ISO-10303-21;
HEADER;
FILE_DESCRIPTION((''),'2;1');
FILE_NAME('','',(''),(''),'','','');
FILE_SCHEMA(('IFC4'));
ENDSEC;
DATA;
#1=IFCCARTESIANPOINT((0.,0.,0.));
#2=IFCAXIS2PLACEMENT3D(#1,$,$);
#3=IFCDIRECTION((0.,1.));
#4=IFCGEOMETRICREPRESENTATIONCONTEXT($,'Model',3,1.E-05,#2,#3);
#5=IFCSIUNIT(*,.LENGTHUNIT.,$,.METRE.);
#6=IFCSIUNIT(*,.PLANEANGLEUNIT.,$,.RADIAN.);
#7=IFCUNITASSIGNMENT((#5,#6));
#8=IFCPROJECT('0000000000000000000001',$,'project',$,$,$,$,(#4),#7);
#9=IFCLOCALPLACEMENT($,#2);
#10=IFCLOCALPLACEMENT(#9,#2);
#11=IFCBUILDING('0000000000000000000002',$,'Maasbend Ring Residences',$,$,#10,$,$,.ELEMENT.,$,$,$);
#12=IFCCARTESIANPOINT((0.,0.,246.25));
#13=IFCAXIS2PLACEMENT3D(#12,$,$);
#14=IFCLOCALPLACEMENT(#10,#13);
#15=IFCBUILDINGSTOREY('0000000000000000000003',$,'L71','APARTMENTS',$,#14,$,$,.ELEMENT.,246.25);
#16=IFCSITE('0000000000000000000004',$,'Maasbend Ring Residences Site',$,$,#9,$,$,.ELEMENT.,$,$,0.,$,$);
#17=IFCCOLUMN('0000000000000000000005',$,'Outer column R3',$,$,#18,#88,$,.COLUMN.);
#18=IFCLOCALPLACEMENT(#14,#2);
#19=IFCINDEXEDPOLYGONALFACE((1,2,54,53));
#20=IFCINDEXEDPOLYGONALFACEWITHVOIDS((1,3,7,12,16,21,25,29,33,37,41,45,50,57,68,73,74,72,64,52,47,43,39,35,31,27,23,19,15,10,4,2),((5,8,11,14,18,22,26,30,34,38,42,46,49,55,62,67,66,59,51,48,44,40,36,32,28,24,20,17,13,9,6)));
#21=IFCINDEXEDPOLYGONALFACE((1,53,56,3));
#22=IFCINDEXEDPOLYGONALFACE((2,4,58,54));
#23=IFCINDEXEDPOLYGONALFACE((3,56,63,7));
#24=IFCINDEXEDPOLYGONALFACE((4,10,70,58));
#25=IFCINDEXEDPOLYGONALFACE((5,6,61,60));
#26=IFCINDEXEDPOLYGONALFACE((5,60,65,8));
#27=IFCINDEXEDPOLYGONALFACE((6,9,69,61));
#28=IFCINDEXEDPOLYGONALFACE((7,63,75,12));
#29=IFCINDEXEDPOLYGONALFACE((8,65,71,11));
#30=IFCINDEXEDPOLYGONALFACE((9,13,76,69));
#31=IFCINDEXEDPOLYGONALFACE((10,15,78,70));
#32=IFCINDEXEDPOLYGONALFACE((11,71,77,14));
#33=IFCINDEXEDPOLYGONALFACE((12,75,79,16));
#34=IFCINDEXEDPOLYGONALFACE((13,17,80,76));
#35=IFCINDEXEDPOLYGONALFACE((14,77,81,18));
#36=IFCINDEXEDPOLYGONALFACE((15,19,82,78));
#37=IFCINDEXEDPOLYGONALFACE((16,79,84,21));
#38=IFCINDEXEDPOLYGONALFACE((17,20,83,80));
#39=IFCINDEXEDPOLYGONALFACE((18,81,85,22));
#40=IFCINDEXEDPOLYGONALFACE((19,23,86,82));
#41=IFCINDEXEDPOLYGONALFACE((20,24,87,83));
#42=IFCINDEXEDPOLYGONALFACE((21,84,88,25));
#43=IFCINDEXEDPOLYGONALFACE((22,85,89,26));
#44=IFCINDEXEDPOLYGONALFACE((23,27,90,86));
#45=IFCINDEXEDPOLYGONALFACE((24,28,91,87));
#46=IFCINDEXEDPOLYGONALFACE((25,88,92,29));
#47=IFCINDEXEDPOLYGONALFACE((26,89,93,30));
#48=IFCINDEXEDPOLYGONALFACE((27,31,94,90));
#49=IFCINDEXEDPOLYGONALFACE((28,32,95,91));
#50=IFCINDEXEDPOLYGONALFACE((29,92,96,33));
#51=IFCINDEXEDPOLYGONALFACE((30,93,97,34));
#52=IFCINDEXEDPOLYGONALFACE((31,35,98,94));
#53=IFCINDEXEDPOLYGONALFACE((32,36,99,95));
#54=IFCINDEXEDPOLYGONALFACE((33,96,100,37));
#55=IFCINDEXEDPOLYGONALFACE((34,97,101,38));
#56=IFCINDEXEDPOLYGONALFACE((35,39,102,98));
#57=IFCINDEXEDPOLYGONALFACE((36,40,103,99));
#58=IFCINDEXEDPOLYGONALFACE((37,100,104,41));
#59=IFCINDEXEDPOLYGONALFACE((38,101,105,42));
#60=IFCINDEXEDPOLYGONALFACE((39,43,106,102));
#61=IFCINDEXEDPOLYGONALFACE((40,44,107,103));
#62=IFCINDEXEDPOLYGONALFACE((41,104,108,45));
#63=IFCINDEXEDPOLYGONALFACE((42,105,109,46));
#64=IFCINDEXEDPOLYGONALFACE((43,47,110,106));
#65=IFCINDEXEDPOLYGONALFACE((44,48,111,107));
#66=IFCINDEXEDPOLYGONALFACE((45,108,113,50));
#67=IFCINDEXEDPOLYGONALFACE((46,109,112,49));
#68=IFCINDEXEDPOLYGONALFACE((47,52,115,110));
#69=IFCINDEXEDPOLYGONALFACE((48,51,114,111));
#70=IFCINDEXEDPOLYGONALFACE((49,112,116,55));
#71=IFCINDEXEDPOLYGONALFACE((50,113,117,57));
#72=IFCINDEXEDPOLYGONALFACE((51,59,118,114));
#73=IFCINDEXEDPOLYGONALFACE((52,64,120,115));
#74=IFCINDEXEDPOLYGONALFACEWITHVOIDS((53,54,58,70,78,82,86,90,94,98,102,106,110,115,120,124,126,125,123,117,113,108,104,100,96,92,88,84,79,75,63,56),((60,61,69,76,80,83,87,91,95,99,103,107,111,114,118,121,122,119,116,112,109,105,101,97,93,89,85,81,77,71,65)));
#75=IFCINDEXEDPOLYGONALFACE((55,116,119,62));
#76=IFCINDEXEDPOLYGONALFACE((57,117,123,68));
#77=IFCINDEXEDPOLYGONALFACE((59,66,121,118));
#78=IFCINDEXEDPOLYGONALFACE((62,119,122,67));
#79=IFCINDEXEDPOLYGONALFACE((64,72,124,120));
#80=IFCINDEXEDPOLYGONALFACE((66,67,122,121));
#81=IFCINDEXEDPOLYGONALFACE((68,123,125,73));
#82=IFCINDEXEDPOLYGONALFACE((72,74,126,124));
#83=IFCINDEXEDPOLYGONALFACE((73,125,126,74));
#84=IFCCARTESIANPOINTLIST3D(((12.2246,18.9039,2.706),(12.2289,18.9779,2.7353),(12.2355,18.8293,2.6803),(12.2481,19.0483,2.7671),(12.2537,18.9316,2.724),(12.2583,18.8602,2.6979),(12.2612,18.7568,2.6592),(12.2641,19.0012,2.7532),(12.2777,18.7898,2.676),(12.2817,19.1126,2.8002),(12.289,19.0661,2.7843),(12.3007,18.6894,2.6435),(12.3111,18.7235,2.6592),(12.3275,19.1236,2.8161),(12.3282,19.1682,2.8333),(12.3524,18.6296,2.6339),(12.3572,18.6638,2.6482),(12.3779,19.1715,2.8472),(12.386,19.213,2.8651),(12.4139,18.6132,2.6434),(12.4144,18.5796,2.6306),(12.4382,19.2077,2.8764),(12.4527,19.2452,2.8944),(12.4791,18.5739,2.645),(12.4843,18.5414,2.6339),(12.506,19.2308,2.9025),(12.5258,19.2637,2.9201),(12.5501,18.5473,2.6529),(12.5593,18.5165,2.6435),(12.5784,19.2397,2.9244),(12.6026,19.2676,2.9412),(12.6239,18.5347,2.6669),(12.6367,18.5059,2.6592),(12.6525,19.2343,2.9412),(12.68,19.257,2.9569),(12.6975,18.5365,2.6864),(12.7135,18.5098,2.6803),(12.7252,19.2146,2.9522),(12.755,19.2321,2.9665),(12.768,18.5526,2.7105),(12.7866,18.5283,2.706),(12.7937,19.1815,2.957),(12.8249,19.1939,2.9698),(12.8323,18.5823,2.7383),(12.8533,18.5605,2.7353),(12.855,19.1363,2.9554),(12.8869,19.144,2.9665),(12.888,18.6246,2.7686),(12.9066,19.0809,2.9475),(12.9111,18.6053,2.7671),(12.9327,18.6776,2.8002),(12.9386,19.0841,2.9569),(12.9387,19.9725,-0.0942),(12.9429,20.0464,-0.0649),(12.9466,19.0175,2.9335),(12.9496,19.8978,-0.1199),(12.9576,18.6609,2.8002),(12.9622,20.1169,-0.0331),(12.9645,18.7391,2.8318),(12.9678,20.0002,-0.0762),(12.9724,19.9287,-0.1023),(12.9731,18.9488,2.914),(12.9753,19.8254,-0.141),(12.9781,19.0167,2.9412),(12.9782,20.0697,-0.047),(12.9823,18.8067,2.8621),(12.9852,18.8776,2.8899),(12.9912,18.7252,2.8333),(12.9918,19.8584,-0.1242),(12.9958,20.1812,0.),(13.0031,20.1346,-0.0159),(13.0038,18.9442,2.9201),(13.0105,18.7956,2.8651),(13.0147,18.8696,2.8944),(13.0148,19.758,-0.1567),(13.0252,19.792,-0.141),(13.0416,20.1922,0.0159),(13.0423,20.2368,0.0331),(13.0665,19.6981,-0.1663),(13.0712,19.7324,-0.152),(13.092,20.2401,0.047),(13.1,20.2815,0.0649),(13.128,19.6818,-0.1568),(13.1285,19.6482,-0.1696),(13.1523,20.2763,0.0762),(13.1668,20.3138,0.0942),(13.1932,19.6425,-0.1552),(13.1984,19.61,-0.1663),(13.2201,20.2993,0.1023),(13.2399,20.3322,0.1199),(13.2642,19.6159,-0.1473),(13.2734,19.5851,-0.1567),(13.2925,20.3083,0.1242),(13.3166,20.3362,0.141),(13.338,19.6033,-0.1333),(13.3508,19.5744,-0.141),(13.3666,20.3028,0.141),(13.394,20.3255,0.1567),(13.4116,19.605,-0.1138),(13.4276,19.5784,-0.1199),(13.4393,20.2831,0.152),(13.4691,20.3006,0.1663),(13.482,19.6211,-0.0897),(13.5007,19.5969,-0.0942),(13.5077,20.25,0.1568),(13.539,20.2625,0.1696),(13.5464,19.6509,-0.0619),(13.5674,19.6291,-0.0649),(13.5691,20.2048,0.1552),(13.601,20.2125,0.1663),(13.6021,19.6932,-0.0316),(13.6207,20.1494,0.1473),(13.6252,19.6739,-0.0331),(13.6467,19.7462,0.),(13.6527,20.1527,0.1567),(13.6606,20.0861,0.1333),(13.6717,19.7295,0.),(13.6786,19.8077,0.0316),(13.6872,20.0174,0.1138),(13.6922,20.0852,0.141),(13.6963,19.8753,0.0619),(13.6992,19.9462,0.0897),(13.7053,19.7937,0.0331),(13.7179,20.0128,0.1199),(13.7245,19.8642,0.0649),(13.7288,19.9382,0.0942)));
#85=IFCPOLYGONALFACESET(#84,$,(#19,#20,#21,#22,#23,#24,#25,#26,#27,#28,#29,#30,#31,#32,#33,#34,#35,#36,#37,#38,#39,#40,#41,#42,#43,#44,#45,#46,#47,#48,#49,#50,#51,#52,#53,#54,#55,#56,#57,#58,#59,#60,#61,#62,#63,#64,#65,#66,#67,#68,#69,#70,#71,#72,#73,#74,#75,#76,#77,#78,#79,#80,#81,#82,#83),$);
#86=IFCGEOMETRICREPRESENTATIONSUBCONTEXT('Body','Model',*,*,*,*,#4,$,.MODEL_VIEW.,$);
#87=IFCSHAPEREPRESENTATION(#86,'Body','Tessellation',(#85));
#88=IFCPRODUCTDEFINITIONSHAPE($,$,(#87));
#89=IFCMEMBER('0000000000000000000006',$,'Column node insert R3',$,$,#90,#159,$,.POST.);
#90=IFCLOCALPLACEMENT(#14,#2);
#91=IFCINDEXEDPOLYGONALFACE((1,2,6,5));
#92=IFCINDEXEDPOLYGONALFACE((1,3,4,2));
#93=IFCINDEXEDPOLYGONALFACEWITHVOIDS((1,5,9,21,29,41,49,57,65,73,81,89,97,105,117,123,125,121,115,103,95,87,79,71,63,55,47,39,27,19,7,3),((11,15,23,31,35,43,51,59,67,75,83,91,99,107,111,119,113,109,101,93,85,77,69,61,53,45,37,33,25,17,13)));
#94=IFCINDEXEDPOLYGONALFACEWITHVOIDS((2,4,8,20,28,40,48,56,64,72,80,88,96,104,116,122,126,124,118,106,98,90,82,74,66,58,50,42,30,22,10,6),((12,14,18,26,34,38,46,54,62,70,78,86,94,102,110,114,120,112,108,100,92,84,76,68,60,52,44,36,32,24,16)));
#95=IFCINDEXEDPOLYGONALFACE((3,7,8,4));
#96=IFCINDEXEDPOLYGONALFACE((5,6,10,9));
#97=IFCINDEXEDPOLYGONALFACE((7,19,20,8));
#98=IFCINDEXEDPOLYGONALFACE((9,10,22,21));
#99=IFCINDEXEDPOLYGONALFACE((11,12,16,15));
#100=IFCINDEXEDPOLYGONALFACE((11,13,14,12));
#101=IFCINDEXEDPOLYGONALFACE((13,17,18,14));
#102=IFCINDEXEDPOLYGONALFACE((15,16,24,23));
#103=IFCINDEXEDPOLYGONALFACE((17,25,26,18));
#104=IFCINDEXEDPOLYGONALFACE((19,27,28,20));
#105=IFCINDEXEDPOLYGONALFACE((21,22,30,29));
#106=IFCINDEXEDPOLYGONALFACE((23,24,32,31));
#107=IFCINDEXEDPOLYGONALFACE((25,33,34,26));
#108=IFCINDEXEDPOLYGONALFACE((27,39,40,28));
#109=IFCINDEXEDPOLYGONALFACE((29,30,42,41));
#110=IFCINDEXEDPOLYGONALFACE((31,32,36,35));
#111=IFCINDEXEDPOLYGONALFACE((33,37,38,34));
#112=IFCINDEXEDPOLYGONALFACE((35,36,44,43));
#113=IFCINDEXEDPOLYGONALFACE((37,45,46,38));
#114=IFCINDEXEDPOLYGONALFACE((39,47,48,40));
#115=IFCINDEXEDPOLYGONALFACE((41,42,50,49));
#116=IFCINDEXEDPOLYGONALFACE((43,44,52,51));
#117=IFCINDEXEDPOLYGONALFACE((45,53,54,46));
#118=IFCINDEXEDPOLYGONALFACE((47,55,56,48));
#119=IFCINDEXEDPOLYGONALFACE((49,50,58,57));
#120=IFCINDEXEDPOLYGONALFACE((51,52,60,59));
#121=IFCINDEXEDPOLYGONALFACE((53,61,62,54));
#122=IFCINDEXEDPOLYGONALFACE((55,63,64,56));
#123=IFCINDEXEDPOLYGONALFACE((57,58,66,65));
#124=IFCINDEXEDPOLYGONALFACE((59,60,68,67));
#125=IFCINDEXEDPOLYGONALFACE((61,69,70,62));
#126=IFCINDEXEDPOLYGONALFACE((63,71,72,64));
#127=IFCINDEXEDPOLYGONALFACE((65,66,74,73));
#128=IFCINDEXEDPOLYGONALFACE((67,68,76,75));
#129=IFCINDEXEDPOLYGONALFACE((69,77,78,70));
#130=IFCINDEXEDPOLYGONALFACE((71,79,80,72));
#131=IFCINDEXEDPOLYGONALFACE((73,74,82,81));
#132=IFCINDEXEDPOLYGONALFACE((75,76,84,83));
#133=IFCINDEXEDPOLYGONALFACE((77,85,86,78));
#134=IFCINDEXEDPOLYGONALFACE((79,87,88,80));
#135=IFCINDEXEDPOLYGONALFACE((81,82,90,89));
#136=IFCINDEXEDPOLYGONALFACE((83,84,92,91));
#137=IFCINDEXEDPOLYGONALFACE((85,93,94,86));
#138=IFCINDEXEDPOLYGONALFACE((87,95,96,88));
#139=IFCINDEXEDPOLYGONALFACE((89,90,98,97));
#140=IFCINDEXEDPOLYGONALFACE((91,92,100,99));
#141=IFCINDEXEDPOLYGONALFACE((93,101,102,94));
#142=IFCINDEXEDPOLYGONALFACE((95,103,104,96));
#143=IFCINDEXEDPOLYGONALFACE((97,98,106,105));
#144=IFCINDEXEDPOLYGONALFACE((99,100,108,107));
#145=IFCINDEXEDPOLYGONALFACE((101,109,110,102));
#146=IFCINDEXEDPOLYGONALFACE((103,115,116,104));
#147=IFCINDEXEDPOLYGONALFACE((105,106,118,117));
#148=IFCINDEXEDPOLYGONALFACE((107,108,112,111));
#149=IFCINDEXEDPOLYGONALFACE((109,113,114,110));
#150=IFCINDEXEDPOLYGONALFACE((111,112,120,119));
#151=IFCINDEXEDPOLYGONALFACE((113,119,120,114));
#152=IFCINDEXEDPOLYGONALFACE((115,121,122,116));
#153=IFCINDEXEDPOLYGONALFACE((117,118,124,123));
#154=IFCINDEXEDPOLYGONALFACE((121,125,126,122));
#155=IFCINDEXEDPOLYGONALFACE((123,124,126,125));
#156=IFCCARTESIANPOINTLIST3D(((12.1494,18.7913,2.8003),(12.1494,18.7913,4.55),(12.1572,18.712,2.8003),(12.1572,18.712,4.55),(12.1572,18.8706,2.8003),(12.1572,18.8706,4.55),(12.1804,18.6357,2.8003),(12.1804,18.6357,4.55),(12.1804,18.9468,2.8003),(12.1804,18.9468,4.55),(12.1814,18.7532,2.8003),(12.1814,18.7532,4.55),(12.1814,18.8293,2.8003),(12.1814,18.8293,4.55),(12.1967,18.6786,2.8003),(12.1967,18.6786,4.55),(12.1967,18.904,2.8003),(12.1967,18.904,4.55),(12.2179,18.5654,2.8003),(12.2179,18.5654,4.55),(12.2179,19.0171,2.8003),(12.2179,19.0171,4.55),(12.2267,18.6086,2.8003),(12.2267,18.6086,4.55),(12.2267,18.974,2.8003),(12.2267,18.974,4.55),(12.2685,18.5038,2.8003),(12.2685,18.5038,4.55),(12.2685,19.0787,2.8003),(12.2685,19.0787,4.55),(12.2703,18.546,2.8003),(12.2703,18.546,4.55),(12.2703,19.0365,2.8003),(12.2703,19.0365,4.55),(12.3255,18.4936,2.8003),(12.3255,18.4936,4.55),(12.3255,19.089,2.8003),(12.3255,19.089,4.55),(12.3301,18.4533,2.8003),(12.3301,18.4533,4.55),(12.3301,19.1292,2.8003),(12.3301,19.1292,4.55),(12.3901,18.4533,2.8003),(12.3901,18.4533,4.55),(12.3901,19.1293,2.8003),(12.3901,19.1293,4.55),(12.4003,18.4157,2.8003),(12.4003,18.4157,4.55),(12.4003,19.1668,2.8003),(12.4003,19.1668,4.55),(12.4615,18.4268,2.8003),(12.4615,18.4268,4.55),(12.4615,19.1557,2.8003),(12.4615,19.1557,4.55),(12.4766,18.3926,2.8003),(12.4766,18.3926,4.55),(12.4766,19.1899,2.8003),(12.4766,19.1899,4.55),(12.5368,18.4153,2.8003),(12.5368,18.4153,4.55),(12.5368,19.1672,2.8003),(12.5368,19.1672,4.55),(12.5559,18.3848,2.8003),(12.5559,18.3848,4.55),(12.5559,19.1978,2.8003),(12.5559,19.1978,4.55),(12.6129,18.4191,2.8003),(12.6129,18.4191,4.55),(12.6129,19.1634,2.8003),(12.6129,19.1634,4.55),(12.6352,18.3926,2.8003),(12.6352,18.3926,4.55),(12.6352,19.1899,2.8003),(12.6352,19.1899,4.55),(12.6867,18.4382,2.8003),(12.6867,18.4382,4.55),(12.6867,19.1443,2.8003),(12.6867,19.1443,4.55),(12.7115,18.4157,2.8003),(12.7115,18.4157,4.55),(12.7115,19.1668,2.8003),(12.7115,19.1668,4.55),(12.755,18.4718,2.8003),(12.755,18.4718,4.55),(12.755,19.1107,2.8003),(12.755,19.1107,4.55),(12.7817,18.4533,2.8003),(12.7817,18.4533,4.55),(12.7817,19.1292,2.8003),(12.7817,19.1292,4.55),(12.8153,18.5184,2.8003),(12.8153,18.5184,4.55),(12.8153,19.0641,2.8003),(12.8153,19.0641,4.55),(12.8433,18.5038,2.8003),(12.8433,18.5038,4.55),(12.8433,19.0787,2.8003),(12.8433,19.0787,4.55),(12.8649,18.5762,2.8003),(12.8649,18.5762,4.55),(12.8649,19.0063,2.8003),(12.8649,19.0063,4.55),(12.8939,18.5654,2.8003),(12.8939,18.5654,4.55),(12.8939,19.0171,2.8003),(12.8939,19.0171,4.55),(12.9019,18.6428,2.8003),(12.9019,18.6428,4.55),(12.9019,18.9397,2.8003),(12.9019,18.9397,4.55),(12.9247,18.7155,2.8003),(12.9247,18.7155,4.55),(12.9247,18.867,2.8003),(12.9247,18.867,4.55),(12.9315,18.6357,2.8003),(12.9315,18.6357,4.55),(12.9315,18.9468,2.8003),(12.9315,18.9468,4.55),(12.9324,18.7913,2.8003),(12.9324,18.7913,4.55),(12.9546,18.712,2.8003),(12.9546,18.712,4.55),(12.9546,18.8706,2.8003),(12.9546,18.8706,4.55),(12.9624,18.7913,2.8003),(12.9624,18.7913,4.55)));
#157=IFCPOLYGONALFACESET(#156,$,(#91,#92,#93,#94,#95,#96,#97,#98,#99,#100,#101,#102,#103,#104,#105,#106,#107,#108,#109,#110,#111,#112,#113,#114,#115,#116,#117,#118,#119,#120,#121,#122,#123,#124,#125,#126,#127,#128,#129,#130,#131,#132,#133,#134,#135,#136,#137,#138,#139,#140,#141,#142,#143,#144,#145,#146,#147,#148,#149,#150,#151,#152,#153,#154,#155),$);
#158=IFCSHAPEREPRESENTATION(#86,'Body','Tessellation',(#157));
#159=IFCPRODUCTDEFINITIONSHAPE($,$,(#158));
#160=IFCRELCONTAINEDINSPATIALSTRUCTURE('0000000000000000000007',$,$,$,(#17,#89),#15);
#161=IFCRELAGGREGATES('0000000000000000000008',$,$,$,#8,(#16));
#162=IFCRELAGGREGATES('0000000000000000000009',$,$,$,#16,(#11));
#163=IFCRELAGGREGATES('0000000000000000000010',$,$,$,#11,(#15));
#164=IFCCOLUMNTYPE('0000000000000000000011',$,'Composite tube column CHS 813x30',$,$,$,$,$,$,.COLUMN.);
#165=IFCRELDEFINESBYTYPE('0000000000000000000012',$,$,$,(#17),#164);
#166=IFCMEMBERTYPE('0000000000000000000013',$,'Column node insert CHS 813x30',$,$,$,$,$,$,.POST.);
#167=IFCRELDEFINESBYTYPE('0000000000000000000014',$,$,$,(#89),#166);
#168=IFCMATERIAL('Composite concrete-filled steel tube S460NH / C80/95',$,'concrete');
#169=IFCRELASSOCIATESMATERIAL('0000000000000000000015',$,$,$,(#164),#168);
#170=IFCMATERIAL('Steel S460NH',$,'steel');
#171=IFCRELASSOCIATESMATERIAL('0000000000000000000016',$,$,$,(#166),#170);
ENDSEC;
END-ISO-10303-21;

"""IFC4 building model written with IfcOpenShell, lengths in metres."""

from ifc_helpers import new_model, si_unit, direction, frame, origin, origin_2d, place, context, subcontext, project, spatial, hollow_circle, extrude, material, material_profile, profile_set, type_object, element, save


model = new_model("IFC4")

# Units and contexts
model_context = context("Model", 3, precision=1e-05, world=origin(), true_north=direction((0.0, 1.0)))
body_context = subcontext(model_context, "Body", "Model", "MODEL_VIEW")
ifc_project = project(units=[si_unit("LENGTHUNIT", "METRE"), si_unit("PLANEANGLEUNIT", "RADIAN")], contexts=[model_context])

# Site, building, storey
site_placement = place(None, origin())
site = spatial("IfcSite", under=ifc_project, at=site_placement, Name="Maasbend Ring Residences Site", CompositionType="ELEMENT", RefElevation=0.0)
building_placement = place(site_placement, origin())
building = spatial("IfcBuilding", under=site, at=building_placement, Name="Maasbend Ring Residences", CompositionType="ELEMENT")
storey_placement = place(building_placement, frame((0.0, 0.0, 246.25)))
storey = spatial("IfcBuildingStorey", under=building, at=storey_placement, Name="L71", Description="APARTMENTS", CompositionType="ELEMENT", Elevation=246.25)

# Column
ifc_material_1 = material(Name="Composite concrete-filled steel tube S460NH / C80/95", Category="concrete")
ifc_material_profile_1 = material_profile(ifc_material_1, hollow_circle(Radius=0.4065, WallThickness=0.03, at=origin_2d()), Name="Composite tube column CHS 813x30")
ifc_profile_set_1 = profile_set([ifc_material_profile_1], Name="Composite concrete-filled steel tube S460NH / C80/95")
column_type = type_object("IfcColumnType", Name="Composite tube column CHS 813x30", PredefinedType="COLUMN", material=ifc_profile_set_1)
column_placement = place(storey_placement, frame((13.3337, 19.9553, 0.0), z_axis=(-0.231767, -0.346819, 0.908846), x_axis=(0.831436, -0.55562, 0.0)))
element("IfcColumn", 1, at=column_placement, inside=storey, type_object=column_type, Name="Outer column R3", PredefinedType="COLUMN", context=body_context, shape_type="SweptSolid", body=[
    extrude(hollow_circle(Radius=0.4065, WallThickness=0.03, at=origin_2d()), origin(), (0.0, 0.0, 1.0), 3.0811),
])

# Member
ifc_material_2 = material(Name="Steel S460NH", Category="steel")
ifc_material_profile_2 = material_profile(ifc_material_2, hollow_circle(Radius=0.4065, WallThickness=0.03, at=origin_2d()), Name="Column node insert CHS 813x30")
ifc_profile_set_2 = profile_set([ifc_material_profile_2], Name="Steel S460NH")
member_type = type_object("IfcMemberType", Name="Column node insert CHS 813x30", PredefinedType="POST", material=ifc_profile_set_2)
member_placement = place(storey_placement, frame((12.5559, 18.7913, 2.8003), z_axis=(0.0, 0.0, 1.0), x_axis=(1.0, 0.0, 0.0)))
element("IfcMember", 2, at=member_placement, inside=storey, type_object=member_type, Name="Column node insert R3", PredefinedType="POST", context=body_context, shape_type="SweptSolid", body=[
    extrude(hollow_circle(Radius=0.4065, WallThickness=0.03, at=origin_2d()), origin(), (0.0, 0.0, 1.0), 1.7498),
])

save(model, "model.ifc")
